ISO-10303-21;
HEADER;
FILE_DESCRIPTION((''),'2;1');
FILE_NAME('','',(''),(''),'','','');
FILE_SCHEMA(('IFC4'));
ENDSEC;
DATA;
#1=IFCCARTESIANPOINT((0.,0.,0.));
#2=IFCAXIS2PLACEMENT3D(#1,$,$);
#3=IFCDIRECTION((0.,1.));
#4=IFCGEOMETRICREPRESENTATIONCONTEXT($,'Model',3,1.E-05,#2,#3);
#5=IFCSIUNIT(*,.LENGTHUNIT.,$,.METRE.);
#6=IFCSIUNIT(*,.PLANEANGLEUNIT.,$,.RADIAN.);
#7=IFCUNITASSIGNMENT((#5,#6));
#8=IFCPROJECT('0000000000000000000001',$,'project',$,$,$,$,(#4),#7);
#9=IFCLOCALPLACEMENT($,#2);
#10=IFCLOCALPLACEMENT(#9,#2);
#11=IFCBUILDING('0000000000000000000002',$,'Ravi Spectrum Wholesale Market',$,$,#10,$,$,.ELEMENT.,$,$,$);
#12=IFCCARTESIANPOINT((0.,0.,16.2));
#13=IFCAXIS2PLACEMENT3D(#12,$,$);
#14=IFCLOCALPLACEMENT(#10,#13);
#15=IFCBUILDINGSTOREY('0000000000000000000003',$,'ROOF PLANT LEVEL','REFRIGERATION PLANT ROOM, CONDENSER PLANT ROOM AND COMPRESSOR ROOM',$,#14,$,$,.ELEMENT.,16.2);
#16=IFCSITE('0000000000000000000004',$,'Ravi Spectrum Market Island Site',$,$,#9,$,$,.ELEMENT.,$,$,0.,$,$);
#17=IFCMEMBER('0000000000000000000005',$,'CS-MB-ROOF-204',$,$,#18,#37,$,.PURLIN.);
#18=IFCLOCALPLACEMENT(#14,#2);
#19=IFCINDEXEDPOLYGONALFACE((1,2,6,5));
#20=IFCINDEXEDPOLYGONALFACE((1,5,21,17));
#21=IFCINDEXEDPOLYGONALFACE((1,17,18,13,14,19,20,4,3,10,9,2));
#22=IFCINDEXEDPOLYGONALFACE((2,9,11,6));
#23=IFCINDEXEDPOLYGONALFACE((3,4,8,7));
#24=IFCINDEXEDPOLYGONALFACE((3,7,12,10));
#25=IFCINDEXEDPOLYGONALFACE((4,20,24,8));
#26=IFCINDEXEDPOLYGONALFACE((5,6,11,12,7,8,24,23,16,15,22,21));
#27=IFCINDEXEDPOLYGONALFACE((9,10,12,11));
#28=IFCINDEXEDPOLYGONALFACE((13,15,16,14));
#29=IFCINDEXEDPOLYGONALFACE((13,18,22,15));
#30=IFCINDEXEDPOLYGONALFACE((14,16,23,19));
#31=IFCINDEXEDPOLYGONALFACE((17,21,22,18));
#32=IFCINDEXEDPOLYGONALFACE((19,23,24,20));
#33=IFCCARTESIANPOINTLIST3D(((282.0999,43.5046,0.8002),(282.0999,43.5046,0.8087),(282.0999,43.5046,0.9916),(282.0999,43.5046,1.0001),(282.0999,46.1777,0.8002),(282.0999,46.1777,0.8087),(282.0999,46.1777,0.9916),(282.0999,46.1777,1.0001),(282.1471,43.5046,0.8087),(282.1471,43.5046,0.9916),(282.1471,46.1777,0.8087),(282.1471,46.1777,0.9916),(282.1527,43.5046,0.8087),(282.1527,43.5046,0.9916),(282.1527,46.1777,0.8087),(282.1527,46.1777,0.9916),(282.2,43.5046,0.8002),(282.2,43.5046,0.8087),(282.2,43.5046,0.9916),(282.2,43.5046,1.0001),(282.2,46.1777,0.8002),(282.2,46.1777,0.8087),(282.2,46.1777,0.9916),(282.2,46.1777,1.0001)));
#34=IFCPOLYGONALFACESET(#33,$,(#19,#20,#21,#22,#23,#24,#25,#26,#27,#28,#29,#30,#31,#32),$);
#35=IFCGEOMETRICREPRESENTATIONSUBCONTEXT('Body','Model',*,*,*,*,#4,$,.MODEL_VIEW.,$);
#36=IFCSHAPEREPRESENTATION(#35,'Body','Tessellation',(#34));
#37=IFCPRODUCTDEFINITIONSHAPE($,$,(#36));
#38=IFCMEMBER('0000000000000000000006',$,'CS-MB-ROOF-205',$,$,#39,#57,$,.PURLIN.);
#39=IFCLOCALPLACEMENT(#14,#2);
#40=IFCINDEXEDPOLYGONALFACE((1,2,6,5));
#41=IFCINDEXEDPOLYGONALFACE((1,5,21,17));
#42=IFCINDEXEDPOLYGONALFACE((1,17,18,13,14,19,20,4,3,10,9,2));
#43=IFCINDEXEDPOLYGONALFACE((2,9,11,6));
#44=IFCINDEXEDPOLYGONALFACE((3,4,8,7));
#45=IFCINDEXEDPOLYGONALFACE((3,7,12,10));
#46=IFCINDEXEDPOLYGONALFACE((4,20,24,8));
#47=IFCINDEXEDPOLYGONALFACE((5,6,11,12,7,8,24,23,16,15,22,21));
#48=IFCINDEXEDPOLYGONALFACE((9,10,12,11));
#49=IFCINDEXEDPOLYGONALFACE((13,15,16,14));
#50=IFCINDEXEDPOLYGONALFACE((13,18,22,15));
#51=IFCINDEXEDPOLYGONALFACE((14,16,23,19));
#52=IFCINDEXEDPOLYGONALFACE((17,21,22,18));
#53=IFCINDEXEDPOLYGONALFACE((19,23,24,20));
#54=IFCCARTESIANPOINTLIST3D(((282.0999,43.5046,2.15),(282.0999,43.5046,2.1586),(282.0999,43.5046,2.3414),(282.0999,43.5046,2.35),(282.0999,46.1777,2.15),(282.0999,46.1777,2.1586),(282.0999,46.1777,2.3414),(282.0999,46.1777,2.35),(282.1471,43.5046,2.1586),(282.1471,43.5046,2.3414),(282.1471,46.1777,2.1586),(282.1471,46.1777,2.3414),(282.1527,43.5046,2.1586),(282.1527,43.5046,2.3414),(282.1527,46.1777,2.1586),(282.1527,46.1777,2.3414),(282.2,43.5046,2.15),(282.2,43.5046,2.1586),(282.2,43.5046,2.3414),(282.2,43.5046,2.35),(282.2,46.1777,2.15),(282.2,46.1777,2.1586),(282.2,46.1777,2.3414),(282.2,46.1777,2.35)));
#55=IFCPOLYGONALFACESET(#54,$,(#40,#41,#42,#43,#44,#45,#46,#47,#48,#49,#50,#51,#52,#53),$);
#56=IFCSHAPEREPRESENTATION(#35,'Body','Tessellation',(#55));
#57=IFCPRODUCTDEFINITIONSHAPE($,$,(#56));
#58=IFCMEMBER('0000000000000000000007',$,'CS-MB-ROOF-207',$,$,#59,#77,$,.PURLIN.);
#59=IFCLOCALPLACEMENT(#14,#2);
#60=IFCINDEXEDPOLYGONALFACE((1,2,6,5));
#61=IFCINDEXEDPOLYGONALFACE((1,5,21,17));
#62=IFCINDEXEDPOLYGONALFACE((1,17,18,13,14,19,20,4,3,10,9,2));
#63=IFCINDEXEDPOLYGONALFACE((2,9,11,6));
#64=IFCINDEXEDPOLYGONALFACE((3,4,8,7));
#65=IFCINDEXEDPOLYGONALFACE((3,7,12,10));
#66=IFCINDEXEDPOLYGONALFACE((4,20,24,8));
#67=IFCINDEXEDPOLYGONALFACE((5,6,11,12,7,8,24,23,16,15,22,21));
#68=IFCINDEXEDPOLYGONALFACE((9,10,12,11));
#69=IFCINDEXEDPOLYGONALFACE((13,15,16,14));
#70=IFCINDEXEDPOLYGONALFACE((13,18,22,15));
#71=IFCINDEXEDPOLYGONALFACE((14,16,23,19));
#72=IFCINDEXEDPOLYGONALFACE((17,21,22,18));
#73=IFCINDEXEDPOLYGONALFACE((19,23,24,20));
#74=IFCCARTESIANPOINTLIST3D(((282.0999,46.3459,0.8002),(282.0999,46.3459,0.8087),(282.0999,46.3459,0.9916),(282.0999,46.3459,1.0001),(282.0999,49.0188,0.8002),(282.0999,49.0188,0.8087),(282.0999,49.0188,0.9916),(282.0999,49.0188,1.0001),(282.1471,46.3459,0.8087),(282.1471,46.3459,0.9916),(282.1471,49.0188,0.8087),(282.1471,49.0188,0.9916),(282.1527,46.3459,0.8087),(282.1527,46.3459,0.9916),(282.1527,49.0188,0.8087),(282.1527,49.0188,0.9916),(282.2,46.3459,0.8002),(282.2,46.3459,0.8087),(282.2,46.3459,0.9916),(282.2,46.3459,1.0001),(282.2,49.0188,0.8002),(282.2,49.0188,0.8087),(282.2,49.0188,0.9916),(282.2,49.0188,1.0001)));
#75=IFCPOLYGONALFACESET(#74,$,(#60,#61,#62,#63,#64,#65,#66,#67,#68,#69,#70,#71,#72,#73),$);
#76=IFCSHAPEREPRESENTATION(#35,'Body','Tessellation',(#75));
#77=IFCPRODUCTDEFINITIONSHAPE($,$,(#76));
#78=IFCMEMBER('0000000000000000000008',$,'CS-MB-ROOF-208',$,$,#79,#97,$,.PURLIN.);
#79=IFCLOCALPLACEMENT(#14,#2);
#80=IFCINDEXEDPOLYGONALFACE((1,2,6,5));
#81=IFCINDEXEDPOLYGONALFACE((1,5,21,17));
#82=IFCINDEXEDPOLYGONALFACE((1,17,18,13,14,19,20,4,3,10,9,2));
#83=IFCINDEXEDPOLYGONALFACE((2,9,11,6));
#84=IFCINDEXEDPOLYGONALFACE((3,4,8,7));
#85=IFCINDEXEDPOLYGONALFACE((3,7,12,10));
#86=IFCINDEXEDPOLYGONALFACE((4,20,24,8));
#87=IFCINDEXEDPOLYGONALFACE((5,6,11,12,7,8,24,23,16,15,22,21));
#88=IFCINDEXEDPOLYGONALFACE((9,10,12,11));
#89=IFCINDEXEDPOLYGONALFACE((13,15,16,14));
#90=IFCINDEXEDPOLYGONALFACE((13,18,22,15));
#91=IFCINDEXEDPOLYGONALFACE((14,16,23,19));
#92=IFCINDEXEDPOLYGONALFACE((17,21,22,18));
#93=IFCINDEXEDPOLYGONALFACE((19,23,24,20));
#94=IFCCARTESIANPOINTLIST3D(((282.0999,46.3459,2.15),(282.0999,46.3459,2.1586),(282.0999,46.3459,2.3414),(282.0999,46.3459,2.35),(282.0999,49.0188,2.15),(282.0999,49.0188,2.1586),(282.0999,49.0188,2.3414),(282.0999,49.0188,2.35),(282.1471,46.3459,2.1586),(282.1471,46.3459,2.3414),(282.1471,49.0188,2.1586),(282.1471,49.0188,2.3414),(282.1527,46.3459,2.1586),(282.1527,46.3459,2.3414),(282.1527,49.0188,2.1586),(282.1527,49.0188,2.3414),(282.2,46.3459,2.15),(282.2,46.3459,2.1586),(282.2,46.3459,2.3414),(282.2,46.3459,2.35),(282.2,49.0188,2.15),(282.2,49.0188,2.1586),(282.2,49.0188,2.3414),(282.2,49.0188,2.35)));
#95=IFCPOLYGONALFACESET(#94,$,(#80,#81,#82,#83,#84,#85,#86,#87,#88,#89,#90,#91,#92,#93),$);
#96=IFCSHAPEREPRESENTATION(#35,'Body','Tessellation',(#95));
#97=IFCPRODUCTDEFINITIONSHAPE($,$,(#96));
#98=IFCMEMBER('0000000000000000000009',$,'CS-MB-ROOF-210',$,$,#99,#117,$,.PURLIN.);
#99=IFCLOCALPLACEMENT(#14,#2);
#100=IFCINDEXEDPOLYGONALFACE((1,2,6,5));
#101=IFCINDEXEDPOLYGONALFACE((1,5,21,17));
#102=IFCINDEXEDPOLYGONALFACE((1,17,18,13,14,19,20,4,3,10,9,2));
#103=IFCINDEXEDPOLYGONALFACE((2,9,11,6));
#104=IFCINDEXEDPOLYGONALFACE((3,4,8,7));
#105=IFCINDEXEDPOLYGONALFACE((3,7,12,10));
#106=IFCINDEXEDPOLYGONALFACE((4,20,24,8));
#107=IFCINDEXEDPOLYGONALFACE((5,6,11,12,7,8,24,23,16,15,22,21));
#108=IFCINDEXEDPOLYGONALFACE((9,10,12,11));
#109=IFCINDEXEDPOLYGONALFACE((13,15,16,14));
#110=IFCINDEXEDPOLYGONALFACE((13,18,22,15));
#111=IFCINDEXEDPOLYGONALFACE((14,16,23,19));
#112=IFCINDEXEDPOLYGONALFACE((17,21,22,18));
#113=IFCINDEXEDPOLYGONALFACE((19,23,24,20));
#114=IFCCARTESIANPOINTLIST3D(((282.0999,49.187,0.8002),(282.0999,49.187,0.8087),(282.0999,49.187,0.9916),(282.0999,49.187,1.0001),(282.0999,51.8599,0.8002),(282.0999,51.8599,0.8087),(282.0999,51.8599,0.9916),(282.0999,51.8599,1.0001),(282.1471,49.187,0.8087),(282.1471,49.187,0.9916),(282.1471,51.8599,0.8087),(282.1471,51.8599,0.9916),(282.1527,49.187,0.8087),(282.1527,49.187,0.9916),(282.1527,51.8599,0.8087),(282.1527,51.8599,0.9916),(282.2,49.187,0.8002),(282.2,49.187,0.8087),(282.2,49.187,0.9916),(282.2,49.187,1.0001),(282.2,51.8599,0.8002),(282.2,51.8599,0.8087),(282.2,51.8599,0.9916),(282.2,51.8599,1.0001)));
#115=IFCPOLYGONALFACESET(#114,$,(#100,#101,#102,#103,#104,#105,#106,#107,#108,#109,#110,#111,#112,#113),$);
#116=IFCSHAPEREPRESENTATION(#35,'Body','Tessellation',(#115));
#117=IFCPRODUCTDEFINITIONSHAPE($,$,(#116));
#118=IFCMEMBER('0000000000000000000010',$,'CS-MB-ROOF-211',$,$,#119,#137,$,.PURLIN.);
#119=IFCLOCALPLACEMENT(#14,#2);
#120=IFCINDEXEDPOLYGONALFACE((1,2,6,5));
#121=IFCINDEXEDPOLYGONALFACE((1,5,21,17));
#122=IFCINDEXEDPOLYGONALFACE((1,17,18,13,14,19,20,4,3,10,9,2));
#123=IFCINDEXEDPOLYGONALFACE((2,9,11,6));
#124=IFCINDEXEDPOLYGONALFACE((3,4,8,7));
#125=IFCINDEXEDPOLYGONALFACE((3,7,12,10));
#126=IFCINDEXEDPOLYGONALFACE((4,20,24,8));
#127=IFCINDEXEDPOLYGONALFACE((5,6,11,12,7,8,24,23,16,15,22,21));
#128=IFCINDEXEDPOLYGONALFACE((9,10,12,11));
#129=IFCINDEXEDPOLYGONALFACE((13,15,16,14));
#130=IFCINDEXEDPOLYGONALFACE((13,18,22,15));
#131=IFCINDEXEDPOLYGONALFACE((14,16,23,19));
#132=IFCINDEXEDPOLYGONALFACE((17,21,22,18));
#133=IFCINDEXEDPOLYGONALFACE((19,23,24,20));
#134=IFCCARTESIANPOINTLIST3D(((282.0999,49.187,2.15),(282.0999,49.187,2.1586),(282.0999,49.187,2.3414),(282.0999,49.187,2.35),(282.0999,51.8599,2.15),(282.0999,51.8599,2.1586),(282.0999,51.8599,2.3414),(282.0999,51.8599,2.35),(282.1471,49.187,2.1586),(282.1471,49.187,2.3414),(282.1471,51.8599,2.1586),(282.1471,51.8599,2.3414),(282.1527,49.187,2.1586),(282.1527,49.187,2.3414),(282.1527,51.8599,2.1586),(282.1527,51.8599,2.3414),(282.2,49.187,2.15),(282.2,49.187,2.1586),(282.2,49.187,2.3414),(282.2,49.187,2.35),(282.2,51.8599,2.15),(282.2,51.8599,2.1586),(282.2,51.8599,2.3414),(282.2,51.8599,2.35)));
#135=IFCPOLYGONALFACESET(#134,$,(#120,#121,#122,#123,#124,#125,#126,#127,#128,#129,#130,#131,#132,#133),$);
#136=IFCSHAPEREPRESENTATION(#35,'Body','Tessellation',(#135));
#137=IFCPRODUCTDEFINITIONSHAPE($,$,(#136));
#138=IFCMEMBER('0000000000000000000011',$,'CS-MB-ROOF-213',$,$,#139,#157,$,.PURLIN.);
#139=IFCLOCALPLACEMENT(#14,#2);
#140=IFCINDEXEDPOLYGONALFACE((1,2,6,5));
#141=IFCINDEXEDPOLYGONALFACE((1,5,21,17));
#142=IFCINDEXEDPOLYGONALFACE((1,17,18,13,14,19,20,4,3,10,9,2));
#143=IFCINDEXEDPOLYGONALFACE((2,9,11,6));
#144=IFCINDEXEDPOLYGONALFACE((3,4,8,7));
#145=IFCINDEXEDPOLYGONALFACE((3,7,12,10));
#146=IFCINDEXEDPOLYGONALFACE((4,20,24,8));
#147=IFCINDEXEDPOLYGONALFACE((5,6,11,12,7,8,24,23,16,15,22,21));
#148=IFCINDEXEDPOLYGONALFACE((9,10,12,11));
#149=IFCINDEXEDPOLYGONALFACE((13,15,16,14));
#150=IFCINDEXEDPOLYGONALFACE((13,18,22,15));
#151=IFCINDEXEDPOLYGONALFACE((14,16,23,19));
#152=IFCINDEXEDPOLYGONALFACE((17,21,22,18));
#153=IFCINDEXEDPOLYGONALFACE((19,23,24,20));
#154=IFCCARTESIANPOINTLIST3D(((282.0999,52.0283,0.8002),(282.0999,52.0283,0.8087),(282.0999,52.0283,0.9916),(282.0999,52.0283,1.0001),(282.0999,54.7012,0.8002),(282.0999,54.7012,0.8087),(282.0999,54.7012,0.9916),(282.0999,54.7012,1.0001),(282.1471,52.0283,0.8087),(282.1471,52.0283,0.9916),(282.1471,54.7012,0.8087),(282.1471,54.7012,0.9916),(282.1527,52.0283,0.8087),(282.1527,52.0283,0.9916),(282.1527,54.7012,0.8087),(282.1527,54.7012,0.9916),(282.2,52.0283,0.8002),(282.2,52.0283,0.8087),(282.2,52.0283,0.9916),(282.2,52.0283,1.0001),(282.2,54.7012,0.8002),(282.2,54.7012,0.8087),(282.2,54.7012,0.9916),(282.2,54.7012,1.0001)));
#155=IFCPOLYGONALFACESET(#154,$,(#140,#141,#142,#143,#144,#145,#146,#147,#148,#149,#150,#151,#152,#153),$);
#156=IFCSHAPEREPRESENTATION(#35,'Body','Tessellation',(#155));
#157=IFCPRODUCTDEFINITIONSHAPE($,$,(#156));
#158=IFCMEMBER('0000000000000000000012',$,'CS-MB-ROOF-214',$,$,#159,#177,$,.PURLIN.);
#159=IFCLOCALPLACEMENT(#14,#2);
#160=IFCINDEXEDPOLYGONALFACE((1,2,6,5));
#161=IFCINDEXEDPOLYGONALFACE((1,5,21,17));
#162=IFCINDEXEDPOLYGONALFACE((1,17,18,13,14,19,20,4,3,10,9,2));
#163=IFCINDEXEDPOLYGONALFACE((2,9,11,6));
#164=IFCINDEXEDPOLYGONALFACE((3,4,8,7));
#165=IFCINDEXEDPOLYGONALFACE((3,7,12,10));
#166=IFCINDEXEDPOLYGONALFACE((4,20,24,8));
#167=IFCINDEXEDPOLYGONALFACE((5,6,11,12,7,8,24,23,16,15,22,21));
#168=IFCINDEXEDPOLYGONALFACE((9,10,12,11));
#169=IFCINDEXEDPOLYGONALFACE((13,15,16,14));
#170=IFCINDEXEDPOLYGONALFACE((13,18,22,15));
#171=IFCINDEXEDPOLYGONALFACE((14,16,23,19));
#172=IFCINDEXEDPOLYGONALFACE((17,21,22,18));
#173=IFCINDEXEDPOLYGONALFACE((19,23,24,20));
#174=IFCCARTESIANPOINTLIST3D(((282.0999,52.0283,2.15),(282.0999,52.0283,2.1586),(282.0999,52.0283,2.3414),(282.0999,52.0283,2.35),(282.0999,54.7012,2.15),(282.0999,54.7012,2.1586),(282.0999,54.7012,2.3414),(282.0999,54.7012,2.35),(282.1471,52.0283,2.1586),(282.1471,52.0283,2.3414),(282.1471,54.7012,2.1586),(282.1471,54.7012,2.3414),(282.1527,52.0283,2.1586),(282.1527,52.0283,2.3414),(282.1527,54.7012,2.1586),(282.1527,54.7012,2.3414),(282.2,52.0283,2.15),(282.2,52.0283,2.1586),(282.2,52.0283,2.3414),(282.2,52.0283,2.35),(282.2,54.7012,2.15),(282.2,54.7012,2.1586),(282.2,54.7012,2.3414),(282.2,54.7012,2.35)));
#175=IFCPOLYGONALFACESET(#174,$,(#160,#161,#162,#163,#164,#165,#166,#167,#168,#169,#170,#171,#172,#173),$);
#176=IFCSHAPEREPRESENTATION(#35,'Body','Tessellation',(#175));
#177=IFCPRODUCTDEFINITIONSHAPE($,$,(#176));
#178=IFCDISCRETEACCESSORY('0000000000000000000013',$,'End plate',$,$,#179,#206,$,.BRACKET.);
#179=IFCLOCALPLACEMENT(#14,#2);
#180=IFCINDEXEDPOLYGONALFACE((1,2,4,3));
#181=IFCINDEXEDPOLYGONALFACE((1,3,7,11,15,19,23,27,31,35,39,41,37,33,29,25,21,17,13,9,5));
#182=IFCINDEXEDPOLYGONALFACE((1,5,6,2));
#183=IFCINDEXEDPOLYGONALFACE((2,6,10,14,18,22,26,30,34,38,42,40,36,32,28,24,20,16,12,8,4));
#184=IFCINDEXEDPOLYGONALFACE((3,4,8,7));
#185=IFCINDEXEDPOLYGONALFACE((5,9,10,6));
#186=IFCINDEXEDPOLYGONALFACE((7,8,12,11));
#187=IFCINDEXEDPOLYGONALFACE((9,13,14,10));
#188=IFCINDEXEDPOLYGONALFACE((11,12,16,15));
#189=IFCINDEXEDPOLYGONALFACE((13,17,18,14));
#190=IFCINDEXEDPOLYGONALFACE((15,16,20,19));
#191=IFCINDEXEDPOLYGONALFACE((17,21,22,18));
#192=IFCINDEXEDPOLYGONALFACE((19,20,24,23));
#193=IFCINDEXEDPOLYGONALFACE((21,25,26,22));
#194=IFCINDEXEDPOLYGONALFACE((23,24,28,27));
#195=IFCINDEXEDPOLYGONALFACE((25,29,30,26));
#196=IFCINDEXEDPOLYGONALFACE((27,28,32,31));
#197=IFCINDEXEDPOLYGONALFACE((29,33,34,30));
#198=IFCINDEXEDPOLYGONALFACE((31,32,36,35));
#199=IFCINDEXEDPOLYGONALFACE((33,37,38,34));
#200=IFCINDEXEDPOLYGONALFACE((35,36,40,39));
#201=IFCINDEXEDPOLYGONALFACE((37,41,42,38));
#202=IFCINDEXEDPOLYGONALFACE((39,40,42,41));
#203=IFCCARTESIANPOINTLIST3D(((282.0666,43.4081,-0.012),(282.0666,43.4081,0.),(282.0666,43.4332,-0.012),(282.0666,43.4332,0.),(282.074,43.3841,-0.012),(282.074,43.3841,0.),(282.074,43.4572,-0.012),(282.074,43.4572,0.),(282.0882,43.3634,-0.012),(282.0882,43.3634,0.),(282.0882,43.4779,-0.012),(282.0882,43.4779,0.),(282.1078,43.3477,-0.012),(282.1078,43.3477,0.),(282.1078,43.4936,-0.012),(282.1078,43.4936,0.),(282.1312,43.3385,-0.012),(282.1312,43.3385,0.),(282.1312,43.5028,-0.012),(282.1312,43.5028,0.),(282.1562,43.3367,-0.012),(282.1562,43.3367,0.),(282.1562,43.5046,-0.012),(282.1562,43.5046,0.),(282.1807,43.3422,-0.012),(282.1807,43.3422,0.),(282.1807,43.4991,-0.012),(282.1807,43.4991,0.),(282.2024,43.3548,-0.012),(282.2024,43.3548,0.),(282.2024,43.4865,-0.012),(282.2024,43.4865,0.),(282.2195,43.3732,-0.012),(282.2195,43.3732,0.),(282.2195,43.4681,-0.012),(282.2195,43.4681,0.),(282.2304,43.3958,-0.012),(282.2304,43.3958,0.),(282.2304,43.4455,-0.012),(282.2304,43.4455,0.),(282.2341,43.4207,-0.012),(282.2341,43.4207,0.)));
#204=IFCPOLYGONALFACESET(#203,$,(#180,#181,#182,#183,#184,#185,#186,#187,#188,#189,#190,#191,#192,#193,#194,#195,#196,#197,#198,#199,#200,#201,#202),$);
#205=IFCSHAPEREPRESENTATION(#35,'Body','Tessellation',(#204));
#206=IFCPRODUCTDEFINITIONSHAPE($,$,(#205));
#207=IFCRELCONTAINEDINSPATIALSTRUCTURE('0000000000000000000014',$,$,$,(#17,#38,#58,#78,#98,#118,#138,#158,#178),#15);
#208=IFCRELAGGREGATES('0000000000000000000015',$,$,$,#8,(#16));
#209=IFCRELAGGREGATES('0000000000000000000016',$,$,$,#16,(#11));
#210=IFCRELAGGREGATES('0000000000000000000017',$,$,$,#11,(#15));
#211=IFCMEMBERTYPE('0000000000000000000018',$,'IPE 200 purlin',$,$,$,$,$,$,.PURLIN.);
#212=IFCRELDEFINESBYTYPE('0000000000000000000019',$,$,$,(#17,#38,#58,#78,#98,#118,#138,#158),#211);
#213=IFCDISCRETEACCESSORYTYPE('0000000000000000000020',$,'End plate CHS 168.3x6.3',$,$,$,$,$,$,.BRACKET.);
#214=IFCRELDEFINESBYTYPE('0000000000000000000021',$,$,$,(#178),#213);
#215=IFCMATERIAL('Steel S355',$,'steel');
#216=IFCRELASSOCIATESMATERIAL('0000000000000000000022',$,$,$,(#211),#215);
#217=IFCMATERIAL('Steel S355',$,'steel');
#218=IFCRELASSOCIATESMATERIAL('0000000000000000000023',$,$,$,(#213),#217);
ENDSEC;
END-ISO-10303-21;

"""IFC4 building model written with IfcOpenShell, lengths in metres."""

from ifc_helpers import new_model, si_unit, direction, frame, origin, origin_2d, place, context, subcontext, project, spatial, circle, i_section, extrude, material, material_profile, profile_set, type_object, element, save


model = new_model("IFC4")

# Units and contexts
model_context = context("Model", 3, precision=1e-05, world=origin(), true_north=direction((0.0, 1.0)))
body_context = subcontext(model_context, "Body", "Model", "MODEL_VIEW")
ifc_project = project(units=[si_unit("LENGTHUNIT", "METRE"), si_unit("PLANEANGLEUNIT", "RADIAN")], contexts=[model_context])

# Site, building, storey
site_placement = place(None, origin())
site = spatial("IfcSite", under=ifc_project, at=site_placement, Name="Ravi Spectrum Market Island Site", CompositionType="ELEMENT", RefElevation=0.0)
building_placement = place(site_placement, origin())
building = spatial("IfcBuilding", under=site, at=building_placement, Name="Ravi Spectrum Wholesale Market", CompositionType="ELEMENT")
storey_placement = place(building_placement, frame((0.0, 0.0, 16.2)))
storey = spatial("IfcBuildingStorey", under=building, at=storey_placement, Name="ROOF PLANT LEVEL", Description="REFRIGERATION PLANT ROOM, CONDENSER PLANT ROOM AND COMPRESSOR ROOM", CompositionType="ELEMENT", Elevation=16.2)

# Members
ifc_material_1 = material(Name="Steel S355", Category="steel")
ifc_material_profile_1 = material_profile(ifc_material_1, i_section(OverallWidth=0.1001, OverallDepth=0.2, WebThickness=0.0056, FlangeThickness=0.0085, at=origin_2d()))
ifc_profile_set_1 = profile_set([ifc_material_profile_1], Name="Steel S355")
member_type_1 = type_object("IfcMemberType", Name="IPE 200 purlin", PredefinedType="PURLIN", material=ifc_profile_set_1)
for number, where, z_axis, x_axis, name in (
    (1, (282.1499, 43.5046, 0.9001), (0.0, 1.0, 0.0), (-1.0, 0.0, 0.0), "CS-MB-ROOF-204"),
    (2, (282.1499, 43.5046, 2.25), (0.0, 1.0, 0.0), (-1.0, 0.0, 0.0), "CS-MB-ROOF-205"),
):
    element("IfcMember", number, at=place(storey_placement, frame(where, z_axis=z_axis, x_axis=x_axis)), inside=storey, type_object=member_type_1, Name=name, PredefinedType="PURLIN", context=body_context, shape_type="SweptSolid", body=[
        extrude(i_section(OverallWidth=0.1001, OverallDepth=0.2, WebThickness=0.0056, FlangeThickness=0.0085, at=origin_2d()), origin(), (0.0, 0.0, 1.0), 2.6731),
    ])
for number, where, z_axis, x_axis, name in (
    (3, (282.1499, 46.3459, 0.9001), (0.0, 1.0, 0.0), (-1.0, 0.0, 0.0), "CS-MB-ROOF-207"),
    (4, (282.1499, 46.3459, 2.25), (0.0, 1.0, 0.0), (-1.0, 0.0, 0.0), "CS-MB-ROOF-208"),
    (5, (282.1499, 49.187, 0.9001), (0.0, 1.0, 0.0), (-1.0, 0.0, 0.0), "CS-MB-ROOF-210"),
    (6, (282.1499, 49.187, 2.25), (0.0, 1.0, 0.0), (-1.0, 0.0, 0.0), "CS-MB-ROOF-211"),
    (7, (282.1499, 52.0283, 0.9001), (0.0, 1.0, 0.0), (-1.0, 0.0, 0.0), "CS-MB-ROOF-213"),
    (8, (282.1499, 52.0283, 2.25), (0.0, 1.0, 0.0), (-1.0, 0.0, 0.0), "CS-MB-ROOF-214"),
):
    element("IfcMember", number, at=place(storey_placement, frame(where, z_axis=z_axis, x_axis=x_axis)), inside=storey, type_object=member_type_1, Name=name, PredefinedType="PURLIN", context=body_context, shape_type="SweptSolid", body=[
        extrude(i_section(OverallWidth=0.1001, OverallDepth=0.2, WebThickness=0.0056, FlangeThickness=0.0085, at=origin_2d()), origin(), (0.0, 0.0, 1.0), 2.6729),
    ])

# Discrete accessory
ifc_material_2 = material(Name="Steel S355", Category="steel")
ifc_material_profile_2 = material_profile(ifc_material_2, circle(Radius=0.0842, at=origin_2d()))
ifc_profile_set_2 = profile_set([ifc_material_profile_2], Name="Steel S355")
discrete_accessory_type = type_object("IfcDiscreteAccessoryType", Name="End plate CHS 168.3x6.3", PredefinedType="BRACKET", material=ifc_profile_set_2)
for number, where, z_axis, x_axis, name in (
    (9, (282.1499, 43.4207, 0.0), (0.0, 0.0, -1.0), (1.0, 0.0, 0.0), "End plate"),
):
    element("IfcDiscreteAccessory", number, at=place(storey_placement, frame(where, z_axis=z_axis, x_axis=x_axis)), inside=storey, type_object=discrete_accessory_type, Name=name, PredefinedType="BRACKET", context=body_context, shape_type="SweptSolid", body=[
        extrude(circle(Radius=0.0842, at=origin_2d()), origin(), (0.0, 0.0, 1.0), 0.012),
    ])

save(model, "model.ifc")
